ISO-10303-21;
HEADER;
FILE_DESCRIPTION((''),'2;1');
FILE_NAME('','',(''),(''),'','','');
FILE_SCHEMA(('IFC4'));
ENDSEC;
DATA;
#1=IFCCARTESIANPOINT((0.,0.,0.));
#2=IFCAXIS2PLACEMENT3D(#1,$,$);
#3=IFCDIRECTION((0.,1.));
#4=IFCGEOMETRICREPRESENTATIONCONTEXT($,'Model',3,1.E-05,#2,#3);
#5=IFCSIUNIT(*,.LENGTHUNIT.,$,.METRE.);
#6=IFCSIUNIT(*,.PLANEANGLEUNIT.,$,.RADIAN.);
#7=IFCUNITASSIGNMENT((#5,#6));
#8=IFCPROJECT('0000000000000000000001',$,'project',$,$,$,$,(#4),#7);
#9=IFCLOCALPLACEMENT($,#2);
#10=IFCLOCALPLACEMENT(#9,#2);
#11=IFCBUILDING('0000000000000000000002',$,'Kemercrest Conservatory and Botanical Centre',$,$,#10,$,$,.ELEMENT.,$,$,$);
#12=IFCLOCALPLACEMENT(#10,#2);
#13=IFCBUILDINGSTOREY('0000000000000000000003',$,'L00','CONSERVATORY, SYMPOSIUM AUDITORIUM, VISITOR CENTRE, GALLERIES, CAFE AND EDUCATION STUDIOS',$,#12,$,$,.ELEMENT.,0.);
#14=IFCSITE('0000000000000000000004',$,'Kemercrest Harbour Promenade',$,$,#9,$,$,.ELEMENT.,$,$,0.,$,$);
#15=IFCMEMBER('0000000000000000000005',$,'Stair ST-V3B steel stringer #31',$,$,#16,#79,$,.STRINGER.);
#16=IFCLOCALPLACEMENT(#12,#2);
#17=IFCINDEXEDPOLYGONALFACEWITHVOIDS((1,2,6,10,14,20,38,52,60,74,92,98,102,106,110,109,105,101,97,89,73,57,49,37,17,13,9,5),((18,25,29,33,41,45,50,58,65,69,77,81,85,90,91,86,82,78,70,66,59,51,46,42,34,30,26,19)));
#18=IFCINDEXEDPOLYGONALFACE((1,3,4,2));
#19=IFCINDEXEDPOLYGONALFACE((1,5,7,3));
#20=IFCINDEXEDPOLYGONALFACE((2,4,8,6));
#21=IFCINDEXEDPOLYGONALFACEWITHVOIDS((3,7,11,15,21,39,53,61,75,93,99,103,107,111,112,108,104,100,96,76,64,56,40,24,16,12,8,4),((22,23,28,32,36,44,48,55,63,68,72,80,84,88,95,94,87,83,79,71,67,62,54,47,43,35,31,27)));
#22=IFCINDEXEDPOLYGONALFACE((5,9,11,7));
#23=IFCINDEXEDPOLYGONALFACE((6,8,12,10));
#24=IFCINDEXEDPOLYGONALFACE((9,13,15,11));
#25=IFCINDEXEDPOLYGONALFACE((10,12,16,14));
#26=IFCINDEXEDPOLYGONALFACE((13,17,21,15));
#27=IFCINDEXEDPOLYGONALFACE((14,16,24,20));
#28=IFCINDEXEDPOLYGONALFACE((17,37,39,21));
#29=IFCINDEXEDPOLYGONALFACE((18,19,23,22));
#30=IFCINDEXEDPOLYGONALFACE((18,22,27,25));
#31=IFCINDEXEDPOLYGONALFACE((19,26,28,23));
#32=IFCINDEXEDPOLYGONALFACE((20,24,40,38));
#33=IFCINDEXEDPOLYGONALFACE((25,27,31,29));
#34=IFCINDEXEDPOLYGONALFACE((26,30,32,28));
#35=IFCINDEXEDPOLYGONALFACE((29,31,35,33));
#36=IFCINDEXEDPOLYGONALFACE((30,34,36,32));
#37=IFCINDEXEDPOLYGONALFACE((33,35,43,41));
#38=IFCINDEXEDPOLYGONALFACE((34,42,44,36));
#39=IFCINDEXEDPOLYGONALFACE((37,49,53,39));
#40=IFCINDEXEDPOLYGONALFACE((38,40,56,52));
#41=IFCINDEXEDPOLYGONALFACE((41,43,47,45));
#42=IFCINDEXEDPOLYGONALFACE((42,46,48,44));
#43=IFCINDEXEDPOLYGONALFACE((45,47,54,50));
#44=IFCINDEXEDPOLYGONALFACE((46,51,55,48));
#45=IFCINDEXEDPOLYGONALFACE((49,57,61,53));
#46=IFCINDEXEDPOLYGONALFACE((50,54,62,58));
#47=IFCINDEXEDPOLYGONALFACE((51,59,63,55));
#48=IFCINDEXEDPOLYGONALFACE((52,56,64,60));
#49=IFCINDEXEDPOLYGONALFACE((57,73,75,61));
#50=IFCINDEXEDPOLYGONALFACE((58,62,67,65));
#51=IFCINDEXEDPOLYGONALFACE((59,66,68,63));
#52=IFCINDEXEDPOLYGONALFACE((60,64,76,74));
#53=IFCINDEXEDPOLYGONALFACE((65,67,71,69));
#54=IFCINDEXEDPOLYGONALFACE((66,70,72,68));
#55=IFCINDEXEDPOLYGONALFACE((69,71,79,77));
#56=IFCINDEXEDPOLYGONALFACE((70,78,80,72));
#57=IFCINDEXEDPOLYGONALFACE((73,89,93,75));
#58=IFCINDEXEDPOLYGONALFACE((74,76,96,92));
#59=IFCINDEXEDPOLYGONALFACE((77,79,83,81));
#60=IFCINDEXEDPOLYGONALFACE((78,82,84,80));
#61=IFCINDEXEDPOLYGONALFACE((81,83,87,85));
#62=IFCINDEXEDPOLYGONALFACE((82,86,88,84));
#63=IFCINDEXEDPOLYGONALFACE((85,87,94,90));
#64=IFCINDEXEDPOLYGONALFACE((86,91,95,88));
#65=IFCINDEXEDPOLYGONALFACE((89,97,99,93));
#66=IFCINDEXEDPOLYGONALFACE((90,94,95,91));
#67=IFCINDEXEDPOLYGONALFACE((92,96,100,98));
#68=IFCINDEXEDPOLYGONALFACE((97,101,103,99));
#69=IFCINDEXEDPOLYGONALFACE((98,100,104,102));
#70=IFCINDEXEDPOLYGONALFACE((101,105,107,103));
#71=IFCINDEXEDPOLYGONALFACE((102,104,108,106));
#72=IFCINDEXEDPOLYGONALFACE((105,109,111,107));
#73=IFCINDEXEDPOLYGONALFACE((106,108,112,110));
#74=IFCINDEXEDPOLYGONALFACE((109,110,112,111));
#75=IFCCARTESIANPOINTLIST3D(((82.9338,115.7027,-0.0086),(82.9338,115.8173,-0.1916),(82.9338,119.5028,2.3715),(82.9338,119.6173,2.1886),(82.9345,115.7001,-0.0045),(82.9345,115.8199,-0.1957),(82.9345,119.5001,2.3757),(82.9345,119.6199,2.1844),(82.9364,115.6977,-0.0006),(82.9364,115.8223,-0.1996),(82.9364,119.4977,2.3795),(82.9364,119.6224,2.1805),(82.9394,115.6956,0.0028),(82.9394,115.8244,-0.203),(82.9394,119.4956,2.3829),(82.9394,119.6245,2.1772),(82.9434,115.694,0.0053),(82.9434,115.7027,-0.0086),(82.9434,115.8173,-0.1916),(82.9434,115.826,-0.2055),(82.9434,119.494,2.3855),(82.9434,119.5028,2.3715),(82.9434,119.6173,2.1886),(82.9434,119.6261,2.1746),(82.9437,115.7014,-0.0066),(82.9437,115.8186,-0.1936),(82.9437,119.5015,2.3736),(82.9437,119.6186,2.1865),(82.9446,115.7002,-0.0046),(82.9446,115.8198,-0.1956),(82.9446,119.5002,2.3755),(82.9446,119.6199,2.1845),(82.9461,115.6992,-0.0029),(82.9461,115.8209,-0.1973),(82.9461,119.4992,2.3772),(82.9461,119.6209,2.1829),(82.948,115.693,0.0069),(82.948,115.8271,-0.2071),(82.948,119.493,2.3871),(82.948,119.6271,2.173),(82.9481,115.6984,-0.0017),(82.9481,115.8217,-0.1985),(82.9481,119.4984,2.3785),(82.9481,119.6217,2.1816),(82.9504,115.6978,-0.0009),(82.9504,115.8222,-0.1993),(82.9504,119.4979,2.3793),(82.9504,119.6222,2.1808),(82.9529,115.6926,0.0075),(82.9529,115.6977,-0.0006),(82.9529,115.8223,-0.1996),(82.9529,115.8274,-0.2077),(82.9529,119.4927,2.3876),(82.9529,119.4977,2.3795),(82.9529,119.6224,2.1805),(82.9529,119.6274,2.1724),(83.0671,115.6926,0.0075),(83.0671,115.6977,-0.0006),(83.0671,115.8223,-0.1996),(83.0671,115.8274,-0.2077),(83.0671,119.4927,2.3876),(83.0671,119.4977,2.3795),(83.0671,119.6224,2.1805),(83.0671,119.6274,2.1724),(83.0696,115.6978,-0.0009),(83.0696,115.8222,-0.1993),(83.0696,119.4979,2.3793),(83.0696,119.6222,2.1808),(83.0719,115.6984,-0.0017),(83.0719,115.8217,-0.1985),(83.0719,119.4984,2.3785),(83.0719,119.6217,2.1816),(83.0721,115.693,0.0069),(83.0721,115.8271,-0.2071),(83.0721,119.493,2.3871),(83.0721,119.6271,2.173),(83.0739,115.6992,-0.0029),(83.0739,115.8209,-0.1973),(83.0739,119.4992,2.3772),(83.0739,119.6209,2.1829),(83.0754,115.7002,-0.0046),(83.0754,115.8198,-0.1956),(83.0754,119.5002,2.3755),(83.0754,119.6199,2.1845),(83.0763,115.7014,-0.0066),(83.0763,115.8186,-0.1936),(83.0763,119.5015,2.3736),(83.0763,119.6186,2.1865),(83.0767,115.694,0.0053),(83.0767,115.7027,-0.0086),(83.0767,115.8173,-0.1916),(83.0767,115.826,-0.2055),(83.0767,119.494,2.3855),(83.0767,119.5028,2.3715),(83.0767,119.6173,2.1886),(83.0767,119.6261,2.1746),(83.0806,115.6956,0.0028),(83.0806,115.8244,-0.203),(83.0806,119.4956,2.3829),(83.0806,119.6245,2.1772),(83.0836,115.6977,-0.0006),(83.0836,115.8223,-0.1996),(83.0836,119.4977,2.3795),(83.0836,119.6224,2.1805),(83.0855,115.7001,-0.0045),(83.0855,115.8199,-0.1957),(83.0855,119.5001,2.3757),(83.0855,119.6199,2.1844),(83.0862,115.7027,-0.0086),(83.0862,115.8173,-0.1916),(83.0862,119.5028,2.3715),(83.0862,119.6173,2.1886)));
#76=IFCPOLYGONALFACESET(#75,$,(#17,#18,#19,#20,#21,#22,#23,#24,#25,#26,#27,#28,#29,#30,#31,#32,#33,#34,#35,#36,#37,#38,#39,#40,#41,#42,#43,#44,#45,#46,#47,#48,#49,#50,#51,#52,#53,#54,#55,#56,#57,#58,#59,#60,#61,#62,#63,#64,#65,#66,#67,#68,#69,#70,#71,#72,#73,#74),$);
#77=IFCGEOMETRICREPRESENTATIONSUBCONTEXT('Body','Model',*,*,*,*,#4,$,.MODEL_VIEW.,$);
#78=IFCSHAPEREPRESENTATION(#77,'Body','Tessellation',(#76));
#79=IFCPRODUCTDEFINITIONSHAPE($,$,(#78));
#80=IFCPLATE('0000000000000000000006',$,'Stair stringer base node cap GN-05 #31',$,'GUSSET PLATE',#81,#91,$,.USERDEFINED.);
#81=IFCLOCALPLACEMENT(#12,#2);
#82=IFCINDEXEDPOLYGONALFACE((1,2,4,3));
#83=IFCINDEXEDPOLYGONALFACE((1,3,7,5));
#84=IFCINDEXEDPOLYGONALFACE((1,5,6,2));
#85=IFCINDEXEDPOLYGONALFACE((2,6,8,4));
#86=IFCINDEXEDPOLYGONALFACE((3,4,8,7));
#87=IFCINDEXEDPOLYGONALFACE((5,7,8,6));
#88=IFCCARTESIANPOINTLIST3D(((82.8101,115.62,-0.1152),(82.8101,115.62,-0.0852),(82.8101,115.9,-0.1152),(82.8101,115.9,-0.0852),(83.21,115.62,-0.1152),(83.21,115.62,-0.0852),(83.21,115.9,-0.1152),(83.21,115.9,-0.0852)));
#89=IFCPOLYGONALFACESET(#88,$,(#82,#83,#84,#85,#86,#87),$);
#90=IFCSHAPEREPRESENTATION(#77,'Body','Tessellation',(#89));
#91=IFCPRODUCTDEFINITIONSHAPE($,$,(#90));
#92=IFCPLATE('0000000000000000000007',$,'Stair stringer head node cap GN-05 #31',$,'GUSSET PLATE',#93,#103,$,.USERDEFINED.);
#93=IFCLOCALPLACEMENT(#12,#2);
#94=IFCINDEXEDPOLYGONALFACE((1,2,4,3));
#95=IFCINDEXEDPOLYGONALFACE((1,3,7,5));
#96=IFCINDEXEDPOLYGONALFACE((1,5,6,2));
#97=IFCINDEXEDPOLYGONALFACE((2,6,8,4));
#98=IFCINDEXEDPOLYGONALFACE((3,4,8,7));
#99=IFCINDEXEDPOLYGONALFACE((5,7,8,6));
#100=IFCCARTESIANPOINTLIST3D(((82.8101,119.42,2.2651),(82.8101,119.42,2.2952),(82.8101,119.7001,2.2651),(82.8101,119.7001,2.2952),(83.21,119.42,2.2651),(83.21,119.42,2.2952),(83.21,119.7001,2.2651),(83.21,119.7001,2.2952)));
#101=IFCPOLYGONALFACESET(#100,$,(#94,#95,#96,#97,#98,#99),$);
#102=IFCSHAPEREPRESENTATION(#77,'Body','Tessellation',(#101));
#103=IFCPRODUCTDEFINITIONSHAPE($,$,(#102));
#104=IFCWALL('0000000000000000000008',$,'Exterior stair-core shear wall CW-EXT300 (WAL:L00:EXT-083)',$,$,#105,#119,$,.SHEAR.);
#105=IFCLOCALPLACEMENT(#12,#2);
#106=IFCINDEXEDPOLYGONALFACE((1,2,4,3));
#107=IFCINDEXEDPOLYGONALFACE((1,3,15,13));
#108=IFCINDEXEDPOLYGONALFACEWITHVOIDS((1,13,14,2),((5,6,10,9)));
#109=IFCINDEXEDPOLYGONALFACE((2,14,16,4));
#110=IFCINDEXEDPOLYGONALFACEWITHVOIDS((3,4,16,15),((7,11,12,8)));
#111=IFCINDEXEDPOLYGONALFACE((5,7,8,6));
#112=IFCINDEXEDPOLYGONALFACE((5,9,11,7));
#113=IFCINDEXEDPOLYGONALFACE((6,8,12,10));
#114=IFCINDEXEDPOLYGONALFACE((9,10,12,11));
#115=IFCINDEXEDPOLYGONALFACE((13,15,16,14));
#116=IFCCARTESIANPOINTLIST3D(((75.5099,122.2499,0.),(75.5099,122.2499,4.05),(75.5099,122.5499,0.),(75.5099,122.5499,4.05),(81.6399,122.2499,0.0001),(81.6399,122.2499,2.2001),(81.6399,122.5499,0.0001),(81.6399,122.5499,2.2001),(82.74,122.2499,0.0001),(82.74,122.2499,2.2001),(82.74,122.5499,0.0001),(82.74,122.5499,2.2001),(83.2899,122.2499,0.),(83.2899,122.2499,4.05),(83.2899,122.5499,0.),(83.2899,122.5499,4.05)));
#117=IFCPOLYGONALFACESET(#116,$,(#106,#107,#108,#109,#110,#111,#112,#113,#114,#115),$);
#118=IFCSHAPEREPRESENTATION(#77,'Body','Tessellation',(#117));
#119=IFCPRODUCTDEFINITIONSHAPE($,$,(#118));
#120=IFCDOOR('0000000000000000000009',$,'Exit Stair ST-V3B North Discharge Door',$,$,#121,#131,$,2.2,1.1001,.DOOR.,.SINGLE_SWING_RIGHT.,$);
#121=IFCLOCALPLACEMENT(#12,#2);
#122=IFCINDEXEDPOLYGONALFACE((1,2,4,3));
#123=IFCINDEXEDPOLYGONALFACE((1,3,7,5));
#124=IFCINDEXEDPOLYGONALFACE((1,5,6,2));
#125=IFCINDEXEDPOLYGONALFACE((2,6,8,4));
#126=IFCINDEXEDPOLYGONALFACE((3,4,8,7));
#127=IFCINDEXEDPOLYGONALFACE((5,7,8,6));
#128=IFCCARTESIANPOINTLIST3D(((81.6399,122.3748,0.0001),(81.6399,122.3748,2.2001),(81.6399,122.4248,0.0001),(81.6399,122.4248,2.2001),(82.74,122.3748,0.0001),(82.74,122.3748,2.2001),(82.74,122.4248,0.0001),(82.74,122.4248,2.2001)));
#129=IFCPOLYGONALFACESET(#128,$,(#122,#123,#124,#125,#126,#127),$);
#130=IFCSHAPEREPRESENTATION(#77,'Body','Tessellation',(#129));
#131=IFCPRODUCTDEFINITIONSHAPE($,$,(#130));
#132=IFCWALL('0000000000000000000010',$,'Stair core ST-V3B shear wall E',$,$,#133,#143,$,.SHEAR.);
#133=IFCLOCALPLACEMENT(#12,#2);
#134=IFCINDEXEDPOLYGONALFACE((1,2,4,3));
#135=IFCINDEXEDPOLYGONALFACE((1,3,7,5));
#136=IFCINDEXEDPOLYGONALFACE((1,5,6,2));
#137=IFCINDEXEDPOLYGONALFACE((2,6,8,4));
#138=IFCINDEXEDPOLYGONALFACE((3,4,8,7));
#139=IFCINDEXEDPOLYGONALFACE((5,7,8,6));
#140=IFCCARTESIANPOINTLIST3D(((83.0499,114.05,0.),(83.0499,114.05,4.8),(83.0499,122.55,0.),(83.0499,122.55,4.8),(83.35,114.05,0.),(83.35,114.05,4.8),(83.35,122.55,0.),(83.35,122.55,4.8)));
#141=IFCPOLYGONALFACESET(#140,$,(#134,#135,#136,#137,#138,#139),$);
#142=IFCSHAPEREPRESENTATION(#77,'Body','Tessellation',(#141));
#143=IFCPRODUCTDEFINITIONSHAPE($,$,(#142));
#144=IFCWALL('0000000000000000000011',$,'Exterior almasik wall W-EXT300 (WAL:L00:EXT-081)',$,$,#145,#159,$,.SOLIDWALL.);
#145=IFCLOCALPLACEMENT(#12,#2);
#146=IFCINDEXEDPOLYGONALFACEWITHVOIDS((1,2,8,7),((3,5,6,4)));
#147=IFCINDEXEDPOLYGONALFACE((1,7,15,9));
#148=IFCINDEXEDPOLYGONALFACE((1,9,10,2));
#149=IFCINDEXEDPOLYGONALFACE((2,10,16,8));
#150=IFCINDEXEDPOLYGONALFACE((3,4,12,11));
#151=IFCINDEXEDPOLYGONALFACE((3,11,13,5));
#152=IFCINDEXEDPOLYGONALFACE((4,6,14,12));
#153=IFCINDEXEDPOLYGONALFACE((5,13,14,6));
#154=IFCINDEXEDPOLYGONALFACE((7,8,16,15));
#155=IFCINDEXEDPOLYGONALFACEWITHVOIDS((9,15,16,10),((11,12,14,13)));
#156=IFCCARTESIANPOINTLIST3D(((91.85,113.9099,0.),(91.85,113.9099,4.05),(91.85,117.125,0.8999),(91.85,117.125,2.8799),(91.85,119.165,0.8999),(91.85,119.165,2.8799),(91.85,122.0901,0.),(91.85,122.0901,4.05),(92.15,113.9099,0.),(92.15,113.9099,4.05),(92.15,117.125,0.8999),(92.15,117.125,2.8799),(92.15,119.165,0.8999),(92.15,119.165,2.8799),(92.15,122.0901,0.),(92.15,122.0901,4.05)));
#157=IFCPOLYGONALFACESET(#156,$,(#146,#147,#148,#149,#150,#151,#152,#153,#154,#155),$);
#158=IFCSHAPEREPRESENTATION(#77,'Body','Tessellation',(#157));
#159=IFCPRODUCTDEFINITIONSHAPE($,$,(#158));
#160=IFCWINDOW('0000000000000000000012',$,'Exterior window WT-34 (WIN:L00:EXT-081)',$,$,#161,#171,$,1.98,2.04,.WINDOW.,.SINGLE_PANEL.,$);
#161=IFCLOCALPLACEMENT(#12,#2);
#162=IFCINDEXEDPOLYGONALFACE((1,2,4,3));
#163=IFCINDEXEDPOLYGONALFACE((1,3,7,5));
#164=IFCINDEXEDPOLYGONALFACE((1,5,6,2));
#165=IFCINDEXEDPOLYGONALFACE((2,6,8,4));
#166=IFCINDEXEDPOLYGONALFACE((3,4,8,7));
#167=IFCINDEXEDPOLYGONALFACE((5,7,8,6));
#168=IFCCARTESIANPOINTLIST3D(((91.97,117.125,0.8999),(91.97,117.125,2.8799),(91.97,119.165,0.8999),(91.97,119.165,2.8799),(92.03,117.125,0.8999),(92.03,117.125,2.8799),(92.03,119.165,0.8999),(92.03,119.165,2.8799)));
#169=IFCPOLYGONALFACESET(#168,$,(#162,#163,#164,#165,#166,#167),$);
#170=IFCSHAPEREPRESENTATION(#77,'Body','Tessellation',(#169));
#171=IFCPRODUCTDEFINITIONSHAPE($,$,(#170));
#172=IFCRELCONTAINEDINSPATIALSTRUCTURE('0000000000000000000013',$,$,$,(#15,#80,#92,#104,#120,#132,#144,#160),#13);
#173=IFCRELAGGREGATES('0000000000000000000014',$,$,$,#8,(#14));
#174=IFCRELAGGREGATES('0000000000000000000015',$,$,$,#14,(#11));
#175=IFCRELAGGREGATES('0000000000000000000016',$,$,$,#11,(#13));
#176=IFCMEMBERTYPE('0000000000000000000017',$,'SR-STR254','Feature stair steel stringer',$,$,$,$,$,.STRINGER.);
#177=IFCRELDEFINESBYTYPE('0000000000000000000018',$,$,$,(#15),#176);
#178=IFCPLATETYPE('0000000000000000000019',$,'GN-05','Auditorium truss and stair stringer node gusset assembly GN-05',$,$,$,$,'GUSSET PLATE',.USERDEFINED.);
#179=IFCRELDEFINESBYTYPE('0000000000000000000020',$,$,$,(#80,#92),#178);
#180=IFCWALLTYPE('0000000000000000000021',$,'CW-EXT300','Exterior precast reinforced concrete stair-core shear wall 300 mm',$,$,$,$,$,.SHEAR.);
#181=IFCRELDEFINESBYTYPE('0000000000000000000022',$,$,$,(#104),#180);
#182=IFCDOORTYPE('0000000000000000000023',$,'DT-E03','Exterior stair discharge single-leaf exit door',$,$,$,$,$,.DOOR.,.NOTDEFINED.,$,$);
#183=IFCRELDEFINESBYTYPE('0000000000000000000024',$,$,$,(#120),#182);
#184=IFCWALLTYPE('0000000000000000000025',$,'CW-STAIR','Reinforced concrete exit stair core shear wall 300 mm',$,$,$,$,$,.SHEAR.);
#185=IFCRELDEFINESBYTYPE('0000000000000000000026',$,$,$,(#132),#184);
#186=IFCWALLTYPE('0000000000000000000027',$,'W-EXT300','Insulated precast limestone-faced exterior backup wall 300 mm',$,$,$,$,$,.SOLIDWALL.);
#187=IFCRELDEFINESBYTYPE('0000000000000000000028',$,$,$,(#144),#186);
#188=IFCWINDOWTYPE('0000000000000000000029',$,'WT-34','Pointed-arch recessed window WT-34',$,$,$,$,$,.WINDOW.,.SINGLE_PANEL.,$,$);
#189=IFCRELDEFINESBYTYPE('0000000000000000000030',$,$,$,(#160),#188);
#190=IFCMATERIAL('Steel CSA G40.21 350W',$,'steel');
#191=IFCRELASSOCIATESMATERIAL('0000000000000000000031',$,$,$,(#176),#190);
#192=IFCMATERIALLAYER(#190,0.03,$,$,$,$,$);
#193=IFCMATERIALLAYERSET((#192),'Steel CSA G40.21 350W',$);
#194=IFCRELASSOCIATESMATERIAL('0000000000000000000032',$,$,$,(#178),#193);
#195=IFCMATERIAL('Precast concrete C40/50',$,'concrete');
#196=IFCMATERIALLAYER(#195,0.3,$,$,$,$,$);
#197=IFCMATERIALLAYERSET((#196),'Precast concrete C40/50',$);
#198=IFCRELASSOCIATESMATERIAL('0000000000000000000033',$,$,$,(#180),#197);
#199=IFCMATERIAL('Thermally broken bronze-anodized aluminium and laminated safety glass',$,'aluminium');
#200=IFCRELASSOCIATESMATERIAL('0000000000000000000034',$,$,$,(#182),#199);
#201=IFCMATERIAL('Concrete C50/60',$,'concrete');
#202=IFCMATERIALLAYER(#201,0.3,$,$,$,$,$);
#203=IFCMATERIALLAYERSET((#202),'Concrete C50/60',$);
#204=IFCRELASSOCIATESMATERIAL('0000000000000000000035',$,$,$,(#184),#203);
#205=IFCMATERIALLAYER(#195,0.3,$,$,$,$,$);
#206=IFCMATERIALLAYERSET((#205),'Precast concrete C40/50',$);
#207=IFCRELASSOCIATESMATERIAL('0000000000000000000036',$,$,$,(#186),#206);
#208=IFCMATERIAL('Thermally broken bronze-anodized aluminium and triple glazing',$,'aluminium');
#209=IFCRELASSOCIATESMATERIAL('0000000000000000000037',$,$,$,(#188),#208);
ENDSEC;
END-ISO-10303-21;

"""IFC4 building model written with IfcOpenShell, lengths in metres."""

from ifc_helpers import new_model, si_unit, direction, frame, frame_2d, origin, origin_2d, place, context, subcontext, project, spatial, rectangle, hollow_rectangle, extrude, material, layer, layer_set, material_profile, profile_set, type_object, element, fill, save


model = new_model("IFC4")

# Units and contexts
model_context = context("Model", 3, precision=1e-05, world=origin(), true_north=direction((0.0, 1.0)))
body_context = subcontext(model_context, "Body", "Model", "MODEL_VIEW")
ifc_project = project(units=[si_unit("LENGTHUNIT", "METRE"), si_unit("PLANEANGLEUNIT", "RADIAN")], contexts=[model_context])

# Site, building, storey
site_placement = place(None, origin())
site = spatial("IfcSite", under=ifc_project, at=site_placement, Name="Kemercrest Harbour Promenade", CompositionType="ELEMENT", RefElevation=0.0)
building_placement = place(site_placement, origin())
building = spatial("IfcBuilding", under=site, at=building_placement, Name="Kemercrest Conservatory and Botanical Centre", CompositionType="ELEMENT")
storey_placement = place(building_placement, origin())
storey = spatial("IfcBuildingStorey", under=building, at=storey_placement, Name="L00", Description="CONSERVATORY, SYMPOSIUM AUDITORIUM, VISITOR CENTRE, GALLERIES, CAFE AND EDUCATION STUDIOS", CompositionType="ELEMENT", Elevation=0.0)

# Shared definitions
ifc_material_1 = material(Name="Precast concrete C40/50", Category="concrete")

# Member
ifc_material_2 = material(Name="Steel CSA G40.21 350W", Category="steel")
ifc_material_profile_1 = material_profile(ifc_material_2, hollow_rectangle(XDim=0.1523, YDim=0.2539, WallThickness=0.0095, InnerFilletRadius=0.0095, OuterFilletRadius=0.019, at=origin_2d()), Name="HSS 254x152x9.5")
ifc_profile_set_1 = profile_set([ifc_material_profile_1], Name="Steel CSA G40.21 350W")
member_type = type_object("IfcMemberType", Name="SR-STR254", Description="Feature stair steel stringer", PredefinedType="STRINGER", material=ifc_profile_set_1)
member_placement = place(storey_placement, frame((83.01, 115.76, -0.1001), z_axis=(0.0, 0.847487, 0.530816), x_axis=(-1.0, 0.0, 0.0)))
element("IfcMember", 1, at=member_placement, inside=storey, type_object=member_type, Name="Stair ST-V3B steel stringer #31", PredefinedType="STRINGER", context=body_context, shape_type="SweptSolid", body=[
    extrude(hollow_rectangle(XDim=0.1523, YDim=0.2539, WallThickness=0.0095, InnerFilletRadius=0.0095, OuterFilletRadius=0.019, at=origin_2d()), origin(), (0.0, 0.0, 1.0), 4.4839),
])

# Plates
ifc_layer_1 = layer(ifc_material_2, 0.03)
ifc_layer_set_1 = layer_set([ifc_layer_1], Name="Steel CSA G40.21 350W")
plate_type = type_object("IfcPlateType", Name="GN-05", Description="Auditorium truss and stair stringer node gusset assembly GN-05", ElementType="GUSSET PLATE", PredefinedType="USERDEFINED", material=ifc_layer_set_1)
for number, where, z_axis, x_axis, name in (
    (2, (83.01, 115.76, -0.1152), (0.0, 0.0, 1.0), (1.0, 0.0, 0.0), "Stair stringer base node cap GN-05 #31"),
    (3, (83.01, 119.5601, 2.2651), (0.0, 0.0, 1.0), (1.0, 0.0, 0.0), "Stair stringer head node cap GN-05 #31"),
):
    element("IfcPlate", number, at=place(storey_placement, frame(where, z_axis=z_axis, x_axis=x_axis)), inside=storey, type_object=plate_type, Name=name, ObjectType="GUSSET PLATE", PredefinedType="USERDEFINED", context=body_context, shape_type="SweptSolid", body=[
        extrude(rectangle(XDim=0.3999, YDim=0.28, at=origin_2d()), origin(), (0.0, 0.0, 1.0), 0.03),
    ])

# Wall, opening, door
ifc_layer_2 = layer(ifc_material_1, 0.3)
ifc_layer_set_2 = layer_set([ifc_layer_2], Name="Precast concrete C40/50")
wall_type_1 = type_object("IfcWallType", Name="CW-EXT300", Description="Exterior precast reinforced concrete stair-core shear wall 300 mm", PredefinedType="SHEAR", material=ifc_layer_set_2)
wall_1_placement = place(storey_placement, frame((83.29, 122.3999, 0.0), z_axis=(0.0, 0.0, 1.0), x_axis=(-1.0, 0.0, 0.0)))
wall_1 = element("IfcWall", 4, at=wall_1_placement, inside=storey, type_object=wall_type_1, Name="Exterior stair-core shear wall CW-EXT300 (WAL:L00:EXT-083)", PredefinedType="SHEAR", context=body_context, shape_type="SweptSolid", body=[
    extrude(rectangle(XDim=7.78, YDim=0.3, at=frame_2d((3.8901, 0.0))), origin(), (0.0, 0.0, 1.0), 4.05),
])
opening_1_placement = place(wall_1_placement, frame((0.55, 0.0, 0.0)))
opening_1 = element("IfcOpeningElement", 5, at=opening_1_placement, cuts=wall_1, PredefinedType="OPENING", context=body_context, shape_type="SweptSolid", body=[
    extrude(rectangle(XDim=1.1001, YDim=2.2, at=frame_2d((0.55, 1.1001))), frame((0.0, 0.1602, 0.0), z_axis=(0.0, -1.0, 0.0), x_axis=(1.0, 0.0, 0.0)), (0.0, 0.0, 1.0), 0.3201),
])
ifc_material_3 = material(Name="Thermally broken bronze-anodized aluminium and laminated safety glass", Category="aluminium")
door_type_1 = type_object("IfcDoorType", Name="DT-E03", Description="Exterior stair discharge single-leaf exit door", OperationType="NOTDEFINED", PredefinedType="DOOR", material=ifc_material_3)
door_1_placement = place(opening_1_placement, frame((1.1001, 0.0, 0.0), z_axis=(0.0, 0.0, 1.0), x_axis=(-1.0, 0.0, 0.0)))
door_1 = element("IfcDoor", 6, at=door_1_placement, inside=storey, type_object=door_type_1, Name="Exit Stair ST-V3B North Discharge Door", OperationType="SINGLE_SWING_RIGHT", OverallHeight=2.2, OverallWidth=1.1001, PredefinedType="DOOR", context=body_context, shape_type="SweptSolid", body=[
    extrude(rectangle(XDim=1.1001, YDim=2.2, at=frame_2d((0.55, 1.1001))), frame((0.0, 0.0249, 0.0), z_axis=(0.0, -1.0, 0.0), x_axis=(1.0, 0.0, 0.0)), (0.0, 0.0, 1.0), 0.05),
])
fill(opening_1, door_1)

# Wall
ifc_material_4 = material(Name="Concrete C50/60", Category="concrete")
ifc_layer_3 = layer(ifc_material_4, 0.3)
ifc_layer_set_3 = layer_set([ifc_layer_3], Name="Concrete C50/60")
wall_type_2 = type_object("IfcWallType", Name="CW-STAIR", Description="Reinforced concrete exit stair core shear wall 300 mm", PredefinedType="SHEAR", material=ifc_layer_set_3)
wall_2_placement = place(storey_placement, frame((83.2, 114.05, 0.0), z_axis=(0.0, 0.0, 1.0), x_axis=(0.0, 1.0, 0.0)))
element("IfcWall", 7, at=wall_2_placement, inside=storey, type_object=wall_type_2, Name="Stair core ST-V3B shear wall E", PredefinedType="SHEAR", context=body_context, shape_type="SweptSolid", body=[
    extrude(rectangle(XDim=8.5, YDim=0.3, at=frame_2d((4.25, 0.0))), origin(), (0.0, 0.0, 1.0), 4.8),
])

# Wall, opening, window
ifc_layer_4 = layer(ifc_material_1, 0.3)
ifc_layer_set_4 = layer_set([ifc_layer_4], Name="Precast concrete C40/50")
wall_type_3 = type_object("IfcWallType", Name="W-EXT300", Description="Insulated precast limestone-faced exterior backup wall 300 mm", PredefinedType="SOLIDWALL", material=ifc_layer_set_4)
wall_3_placement = place(storey_placement, frame((92.0, 113.9099, 0.0), z_axis=(0.0, 0.0, 1.0), x_axis=(0.0, 1.0, 0.0)))
wall_3 = element("IfcWall", 8, at=wall_3_placement, inside=storey, type_object=wall_type_3, Name="Exterior almasik wall W-EXT300 (WAL:L00:EXT-081)", PredefinedType="SOLIDWALL", context=body_context, shape_type="SweptSolid", body=[
    extrude(rectangle(XDim=8.1802, YDim=0.3, at=frame_2d((4.0901, 0.0))), origin(), (0.0, 0.0, 1.0), 4.05),
])
opening_2_placement = place(wall_3_placement, frame((3.2151, 0.0, 0.8999)))
opening_2 = element("IfcOpeningElement", 9, at=opening_2_placement, cuts=wall_3, PredefinedType="OPENING", context=body_context, shape_type="SweptSolid", body=[
    extrude(rectangle(XDim=2.04, YDim=1.98, at=frame_2d((1.02, 0.99))), frame((0.0, 0.1602, 0.0), z_axis=(0.0, -1.0, 0.0), x_axis=(1.0, 0.0, 0.0)), (0.0, 0.0, 1.0), 0.3201),
])
ifc_material_5 = material(Name="Thermally broken bronze-anodized aluminium and triple glazing", Category="aluminium")
window_type_1 = type_object("IfcWindowType", Name="WT-34", Description="Pointed-arch recessed window WT-34", PartitioningType="SINGLE_PANEL", PredefinedType="WINDOW", material=ifc_material_5)
window_1_placement = place(opening_2_placement, origin())
window_1 = element("IfcWindow", 10, at=window_1_placement, inside=storey, type_object=window_type_1, Name="Exterior window WT-34 (WIN:L00:EXT-081)", OverallHeight=1.98, OverallWidth=2.04, PartitioningType="SINGLE_PANEL", PredefinedType="WINDOW", context=body_context, shape_type="SweptSolid", body=[
    extrude(rectangle(XDim=2.04, YDim=1.98, at=frame_2d((1.02, 0.99))), frame((0.0, 0.03, 0.0), z_axis=(0.0, -1.0, 0.0), x_axis=(1.0, 0.0, 0.0)), (0.0, 0.0, 1.0), 0.0601),
])
fill(opening_2, window_1)

save(model, "model.ifc")
